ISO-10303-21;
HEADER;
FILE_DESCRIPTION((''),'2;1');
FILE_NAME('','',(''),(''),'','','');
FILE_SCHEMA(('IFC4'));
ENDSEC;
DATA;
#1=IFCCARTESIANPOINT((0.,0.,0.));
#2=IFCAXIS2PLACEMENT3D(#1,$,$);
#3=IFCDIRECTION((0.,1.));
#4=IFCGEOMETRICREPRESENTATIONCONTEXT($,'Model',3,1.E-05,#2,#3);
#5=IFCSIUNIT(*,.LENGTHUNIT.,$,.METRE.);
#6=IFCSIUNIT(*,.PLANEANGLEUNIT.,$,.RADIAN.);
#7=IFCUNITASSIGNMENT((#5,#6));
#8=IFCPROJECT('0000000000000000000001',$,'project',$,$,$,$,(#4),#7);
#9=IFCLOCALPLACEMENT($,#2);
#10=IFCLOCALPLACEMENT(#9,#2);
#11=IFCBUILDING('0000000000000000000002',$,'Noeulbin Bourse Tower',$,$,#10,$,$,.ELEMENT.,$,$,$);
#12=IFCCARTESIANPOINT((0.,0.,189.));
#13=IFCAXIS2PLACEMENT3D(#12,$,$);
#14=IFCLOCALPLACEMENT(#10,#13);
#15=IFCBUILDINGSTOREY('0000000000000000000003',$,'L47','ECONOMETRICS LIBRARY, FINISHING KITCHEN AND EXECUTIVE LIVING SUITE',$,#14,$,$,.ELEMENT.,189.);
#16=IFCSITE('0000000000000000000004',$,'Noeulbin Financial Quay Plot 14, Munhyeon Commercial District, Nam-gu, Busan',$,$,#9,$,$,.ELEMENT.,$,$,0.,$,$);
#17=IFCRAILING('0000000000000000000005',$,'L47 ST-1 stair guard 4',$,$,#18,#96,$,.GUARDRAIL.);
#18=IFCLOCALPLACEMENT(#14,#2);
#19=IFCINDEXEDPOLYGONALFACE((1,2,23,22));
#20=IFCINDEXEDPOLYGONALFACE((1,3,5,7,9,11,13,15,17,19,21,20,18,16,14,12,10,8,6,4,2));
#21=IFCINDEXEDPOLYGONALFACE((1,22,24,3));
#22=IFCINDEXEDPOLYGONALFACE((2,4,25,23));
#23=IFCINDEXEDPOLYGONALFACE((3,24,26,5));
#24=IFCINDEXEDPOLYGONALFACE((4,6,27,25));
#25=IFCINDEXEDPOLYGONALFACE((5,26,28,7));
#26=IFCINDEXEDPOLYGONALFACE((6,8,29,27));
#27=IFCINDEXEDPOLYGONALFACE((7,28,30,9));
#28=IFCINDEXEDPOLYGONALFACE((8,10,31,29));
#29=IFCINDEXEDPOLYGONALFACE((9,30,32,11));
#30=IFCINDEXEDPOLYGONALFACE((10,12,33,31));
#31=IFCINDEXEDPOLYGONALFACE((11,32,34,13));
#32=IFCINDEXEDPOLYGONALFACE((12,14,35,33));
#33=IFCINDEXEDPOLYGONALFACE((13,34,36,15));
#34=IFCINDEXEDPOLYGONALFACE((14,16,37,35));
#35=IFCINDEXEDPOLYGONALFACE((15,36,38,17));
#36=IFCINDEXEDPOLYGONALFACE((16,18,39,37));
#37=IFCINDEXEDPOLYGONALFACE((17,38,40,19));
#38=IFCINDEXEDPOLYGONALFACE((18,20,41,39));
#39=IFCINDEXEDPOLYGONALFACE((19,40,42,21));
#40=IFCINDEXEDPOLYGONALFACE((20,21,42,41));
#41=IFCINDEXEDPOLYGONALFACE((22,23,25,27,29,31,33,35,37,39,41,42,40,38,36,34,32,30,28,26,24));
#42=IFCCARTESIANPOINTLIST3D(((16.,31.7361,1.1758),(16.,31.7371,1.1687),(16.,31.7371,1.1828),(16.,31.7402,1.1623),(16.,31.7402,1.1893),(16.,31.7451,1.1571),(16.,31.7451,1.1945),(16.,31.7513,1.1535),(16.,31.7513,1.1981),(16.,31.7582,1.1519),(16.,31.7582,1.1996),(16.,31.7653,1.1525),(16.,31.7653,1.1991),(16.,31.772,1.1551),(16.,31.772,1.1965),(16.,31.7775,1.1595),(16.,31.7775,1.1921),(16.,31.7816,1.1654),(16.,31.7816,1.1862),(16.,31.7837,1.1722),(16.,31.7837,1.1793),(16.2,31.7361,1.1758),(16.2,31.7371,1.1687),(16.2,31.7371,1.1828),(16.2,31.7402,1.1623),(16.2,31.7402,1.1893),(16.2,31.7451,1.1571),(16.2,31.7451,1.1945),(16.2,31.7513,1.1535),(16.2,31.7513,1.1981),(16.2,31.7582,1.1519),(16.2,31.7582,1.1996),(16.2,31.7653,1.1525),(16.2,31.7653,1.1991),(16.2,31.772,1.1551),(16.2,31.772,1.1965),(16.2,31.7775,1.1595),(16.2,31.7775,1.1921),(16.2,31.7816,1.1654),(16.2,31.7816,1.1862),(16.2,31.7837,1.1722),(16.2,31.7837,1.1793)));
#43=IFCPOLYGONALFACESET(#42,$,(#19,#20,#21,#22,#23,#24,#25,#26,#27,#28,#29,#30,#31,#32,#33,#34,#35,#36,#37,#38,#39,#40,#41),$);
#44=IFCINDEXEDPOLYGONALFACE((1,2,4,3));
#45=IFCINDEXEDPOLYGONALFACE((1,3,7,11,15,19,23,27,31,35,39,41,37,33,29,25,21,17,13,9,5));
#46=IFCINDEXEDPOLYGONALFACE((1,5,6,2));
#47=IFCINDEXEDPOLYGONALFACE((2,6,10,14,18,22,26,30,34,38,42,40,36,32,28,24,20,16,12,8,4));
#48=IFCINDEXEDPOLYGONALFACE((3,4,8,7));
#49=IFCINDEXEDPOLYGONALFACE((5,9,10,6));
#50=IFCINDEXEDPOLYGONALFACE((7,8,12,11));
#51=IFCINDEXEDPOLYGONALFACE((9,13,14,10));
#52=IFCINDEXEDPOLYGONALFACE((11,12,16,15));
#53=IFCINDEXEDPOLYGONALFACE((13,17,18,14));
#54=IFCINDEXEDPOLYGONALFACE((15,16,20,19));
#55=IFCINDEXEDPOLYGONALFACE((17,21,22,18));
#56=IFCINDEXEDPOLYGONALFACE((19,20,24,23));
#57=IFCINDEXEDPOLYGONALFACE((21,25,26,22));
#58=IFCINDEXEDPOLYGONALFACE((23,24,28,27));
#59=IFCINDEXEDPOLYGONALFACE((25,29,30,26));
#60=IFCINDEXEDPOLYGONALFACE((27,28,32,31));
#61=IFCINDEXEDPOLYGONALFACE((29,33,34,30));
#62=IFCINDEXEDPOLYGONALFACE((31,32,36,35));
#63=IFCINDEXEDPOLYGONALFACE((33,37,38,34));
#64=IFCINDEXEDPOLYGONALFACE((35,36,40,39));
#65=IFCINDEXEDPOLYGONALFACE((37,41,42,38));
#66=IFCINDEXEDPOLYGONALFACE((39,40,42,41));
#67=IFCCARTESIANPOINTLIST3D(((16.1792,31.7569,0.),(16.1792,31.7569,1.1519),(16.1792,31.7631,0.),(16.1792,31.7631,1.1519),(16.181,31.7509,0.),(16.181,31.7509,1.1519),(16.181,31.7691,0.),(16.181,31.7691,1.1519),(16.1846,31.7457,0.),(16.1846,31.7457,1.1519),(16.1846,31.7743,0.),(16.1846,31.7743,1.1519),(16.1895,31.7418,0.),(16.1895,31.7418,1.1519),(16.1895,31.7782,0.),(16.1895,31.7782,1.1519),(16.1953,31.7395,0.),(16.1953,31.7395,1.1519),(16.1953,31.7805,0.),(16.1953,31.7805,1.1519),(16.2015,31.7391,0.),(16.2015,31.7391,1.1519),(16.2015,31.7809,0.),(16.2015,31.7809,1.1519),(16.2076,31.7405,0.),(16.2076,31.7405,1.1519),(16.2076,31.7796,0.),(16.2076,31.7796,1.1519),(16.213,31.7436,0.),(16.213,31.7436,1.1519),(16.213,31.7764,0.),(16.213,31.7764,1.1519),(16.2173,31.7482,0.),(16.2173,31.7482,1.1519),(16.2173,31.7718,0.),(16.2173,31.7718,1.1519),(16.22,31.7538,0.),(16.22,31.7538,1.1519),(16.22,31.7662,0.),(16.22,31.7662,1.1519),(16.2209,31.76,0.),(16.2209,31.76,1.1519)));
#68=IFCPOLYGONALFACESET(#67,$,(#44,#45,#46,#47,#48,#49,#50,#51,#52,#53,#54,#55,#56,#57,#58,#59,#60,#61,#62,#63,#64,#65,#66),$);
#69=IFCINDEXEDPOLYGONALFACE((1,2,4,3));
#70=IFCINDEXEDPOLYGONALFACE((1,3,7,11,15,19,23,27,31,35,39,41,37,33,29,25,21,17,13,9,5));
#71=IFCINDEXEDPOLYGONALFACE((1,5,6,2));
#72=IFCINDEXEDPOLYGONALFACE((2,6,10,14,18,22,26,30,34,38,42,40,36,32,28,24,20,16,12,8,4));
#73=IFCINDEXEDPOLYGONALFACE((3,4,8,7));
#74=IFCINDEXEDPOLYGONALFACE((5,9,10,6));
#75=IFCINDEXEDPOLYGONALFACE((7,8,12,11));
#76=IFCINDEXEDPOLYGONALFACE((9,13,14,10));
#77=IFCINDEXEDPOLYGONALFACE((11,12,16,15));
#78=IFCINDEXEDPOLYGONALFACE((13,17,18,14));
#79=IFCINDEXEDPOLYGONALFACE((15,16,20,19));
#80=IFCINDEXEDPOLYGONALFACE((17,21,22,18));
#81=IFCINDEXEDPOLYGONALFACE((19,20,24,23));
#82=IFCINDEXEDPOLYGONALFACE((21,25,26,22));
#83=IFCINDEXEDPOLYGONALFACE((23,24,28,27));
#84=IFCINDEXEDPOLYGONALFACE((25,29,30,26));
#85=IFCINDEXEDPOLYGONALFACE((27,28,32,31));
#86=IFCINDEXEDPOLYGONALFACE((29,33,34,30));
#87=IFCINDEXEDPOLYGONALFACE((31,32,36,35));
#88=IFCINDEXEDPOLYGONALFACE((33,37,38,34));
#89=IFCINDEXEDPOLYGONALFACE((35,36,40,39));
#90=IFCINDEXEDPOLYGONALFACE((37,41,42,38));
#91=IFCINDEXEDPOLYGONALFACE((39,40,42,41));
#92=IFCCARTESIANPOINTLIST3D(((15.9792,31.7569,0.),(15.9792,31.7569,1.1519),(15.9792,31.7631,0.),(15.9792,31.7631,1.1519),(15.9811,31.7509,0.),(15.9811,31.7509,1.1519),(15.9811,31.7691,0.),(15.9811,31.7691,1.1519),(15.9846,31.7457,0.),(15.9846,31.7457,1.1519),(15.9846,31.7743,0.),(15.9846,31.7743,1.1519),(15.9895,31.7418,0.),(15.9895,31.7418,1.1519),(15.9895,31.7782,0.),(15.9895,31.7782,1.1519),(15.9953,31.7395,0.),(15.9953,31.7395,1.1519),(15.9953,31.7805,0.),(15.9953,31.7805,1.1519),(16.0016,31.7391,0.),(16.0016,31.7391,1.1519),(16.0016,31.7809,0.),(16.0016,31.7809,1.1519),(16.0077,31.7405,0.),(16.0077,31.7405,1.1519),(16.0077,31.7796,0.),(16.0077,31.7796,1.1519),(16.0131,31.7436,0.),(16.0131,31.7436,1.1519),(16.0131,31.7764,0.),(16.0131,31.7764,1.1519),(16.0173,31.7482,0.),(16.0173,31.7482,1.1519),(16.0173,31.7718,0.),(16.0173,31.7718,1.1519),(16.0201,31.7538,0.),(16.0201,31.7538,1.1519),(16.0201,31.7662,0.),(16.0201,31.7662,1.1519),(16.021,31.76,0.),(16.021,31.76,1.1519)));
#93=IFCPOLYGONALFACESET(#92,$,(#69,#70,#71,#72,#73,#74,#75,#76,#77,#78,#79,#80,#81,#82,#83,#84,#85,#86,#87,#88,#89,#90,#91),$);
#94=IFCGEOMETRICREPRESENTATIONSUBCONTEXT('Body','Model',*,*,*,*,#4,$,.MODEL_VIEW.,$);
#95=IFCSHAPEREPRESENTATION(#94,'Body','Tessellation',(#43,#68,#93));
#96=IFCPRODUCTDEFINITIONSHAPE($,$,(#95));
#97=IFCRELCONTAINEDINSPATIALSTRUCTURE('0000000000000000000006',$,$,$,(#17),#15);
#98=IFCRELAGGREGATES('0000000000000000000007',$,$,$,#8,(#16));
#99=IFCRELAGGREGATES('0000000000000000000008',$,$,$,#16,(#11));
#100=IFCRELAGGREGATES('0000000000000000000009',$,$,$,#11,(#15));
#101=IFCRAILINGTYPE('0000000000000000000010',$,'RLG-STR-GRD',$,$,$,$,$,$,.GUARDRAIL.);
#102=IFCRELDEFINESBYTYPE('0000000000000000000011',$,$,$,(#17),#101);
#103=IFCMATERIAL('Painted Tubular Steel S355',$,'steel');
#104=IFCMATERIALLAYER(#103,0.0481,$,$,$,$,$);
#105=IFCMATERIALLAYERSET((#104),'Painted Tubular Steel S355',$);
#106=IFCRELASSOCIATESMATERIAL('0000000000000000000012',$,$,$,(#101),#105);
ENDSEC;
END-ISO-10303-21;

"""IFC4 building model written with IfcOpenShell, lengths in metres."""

from ifc_helpers import new_model, si_unit, direction, frame, origin, origin_2d, place, context, subcontext, project, spatial, circle, extrude, material, layer, layer_set, type_object, element, save


model = new_model("IFC4")

# Units and contexts
model_context = context("Model", 3, precision=1e-05, world=origin(), true_north=direction((0.0, 1.0)))
body_context = subcontext(model_context, "Body", "Model", "MODEL_VIEW")
ifc_project = project(units=[si_unit("LENGTHUNIT", "METRE"), si_unit("PLANEANGLEUNIT", "RADIAN")], contexts=[model_context])

# Site, building, storey
site_placement = place(None, origin())
site = spatial("IfcSite", under=ifc_project, at=site_placement, Name="Noeulbin Financial Quay Plot 14, Munhyeon Commercial District, Nam-gu, Busan", CompositionType="ELEMENT", RefElevation=0.0)
building_placement = place(site_placement, origin())
building = spatial("IfcBuilding", under=site, at=building_placement, Name="Noeulbin Bourse Tower", CompositionType="ELEMENT")
storey_placement = place(building_placement, frame((0.0, 0.0, 189.0)))
storey = spatial("IfcBuildingStorey", under=building, at=storey_placement, Name="L47", Description="ECONOMETRICS LIBRARY, FINISHING KITCHEN AND EXECUTIVE LIVING SUITE", CompositionType="ELEMENT", Elevation=189.0)

# Railing
ifc_material_1 = material(Name="Painted Tubular Steel S355", Category="steel")
ifc_layer_1 = layer(ifc_material_1, 0.0481)
ifc_layer_set_1 = layer_set([ifc_layer_1], Name="Painted Tubular Steel S355")
railing_type_1 = type_object("IfcRailingType", Name="RLG-STR-GRD", PredefinedType="GUARDRAIL", material=ifc_layer_set_1)
railing_1_placement = place(storey_placement, frame((16.2, 31.76, 0.0)))
element("IfcRailing", 1, at=railing_1_placement, inside=storey, type_object=railing_type_1, Name="L47 ST-1 stair guard 4", PredefinedType="GUARDRAIL", context=body_context, shape_type="SweptSolid", body=[
    extrude(circle(Radius=0.0239, at=origin_2d()), frame((0.0, 0.0, 1.1758), z_axis=(-1.0, 0.0, 0.0), x_axis=(0.0, -1.0, 0.0)), (0.0, 0.0, 1.0), 0.2),
    extrude(circle(Radius=0.021, at=origin_2d()), origin(), (0.0, 0.0, 1.0), 1.1519),
    extrude(circle(Radius=0.021, at=origin_2d()), frame((-0.2, 0.0, 0.0)), (0.0, 0.0, 1.0), 1.1519),
])

save(model, "model.ifc")
